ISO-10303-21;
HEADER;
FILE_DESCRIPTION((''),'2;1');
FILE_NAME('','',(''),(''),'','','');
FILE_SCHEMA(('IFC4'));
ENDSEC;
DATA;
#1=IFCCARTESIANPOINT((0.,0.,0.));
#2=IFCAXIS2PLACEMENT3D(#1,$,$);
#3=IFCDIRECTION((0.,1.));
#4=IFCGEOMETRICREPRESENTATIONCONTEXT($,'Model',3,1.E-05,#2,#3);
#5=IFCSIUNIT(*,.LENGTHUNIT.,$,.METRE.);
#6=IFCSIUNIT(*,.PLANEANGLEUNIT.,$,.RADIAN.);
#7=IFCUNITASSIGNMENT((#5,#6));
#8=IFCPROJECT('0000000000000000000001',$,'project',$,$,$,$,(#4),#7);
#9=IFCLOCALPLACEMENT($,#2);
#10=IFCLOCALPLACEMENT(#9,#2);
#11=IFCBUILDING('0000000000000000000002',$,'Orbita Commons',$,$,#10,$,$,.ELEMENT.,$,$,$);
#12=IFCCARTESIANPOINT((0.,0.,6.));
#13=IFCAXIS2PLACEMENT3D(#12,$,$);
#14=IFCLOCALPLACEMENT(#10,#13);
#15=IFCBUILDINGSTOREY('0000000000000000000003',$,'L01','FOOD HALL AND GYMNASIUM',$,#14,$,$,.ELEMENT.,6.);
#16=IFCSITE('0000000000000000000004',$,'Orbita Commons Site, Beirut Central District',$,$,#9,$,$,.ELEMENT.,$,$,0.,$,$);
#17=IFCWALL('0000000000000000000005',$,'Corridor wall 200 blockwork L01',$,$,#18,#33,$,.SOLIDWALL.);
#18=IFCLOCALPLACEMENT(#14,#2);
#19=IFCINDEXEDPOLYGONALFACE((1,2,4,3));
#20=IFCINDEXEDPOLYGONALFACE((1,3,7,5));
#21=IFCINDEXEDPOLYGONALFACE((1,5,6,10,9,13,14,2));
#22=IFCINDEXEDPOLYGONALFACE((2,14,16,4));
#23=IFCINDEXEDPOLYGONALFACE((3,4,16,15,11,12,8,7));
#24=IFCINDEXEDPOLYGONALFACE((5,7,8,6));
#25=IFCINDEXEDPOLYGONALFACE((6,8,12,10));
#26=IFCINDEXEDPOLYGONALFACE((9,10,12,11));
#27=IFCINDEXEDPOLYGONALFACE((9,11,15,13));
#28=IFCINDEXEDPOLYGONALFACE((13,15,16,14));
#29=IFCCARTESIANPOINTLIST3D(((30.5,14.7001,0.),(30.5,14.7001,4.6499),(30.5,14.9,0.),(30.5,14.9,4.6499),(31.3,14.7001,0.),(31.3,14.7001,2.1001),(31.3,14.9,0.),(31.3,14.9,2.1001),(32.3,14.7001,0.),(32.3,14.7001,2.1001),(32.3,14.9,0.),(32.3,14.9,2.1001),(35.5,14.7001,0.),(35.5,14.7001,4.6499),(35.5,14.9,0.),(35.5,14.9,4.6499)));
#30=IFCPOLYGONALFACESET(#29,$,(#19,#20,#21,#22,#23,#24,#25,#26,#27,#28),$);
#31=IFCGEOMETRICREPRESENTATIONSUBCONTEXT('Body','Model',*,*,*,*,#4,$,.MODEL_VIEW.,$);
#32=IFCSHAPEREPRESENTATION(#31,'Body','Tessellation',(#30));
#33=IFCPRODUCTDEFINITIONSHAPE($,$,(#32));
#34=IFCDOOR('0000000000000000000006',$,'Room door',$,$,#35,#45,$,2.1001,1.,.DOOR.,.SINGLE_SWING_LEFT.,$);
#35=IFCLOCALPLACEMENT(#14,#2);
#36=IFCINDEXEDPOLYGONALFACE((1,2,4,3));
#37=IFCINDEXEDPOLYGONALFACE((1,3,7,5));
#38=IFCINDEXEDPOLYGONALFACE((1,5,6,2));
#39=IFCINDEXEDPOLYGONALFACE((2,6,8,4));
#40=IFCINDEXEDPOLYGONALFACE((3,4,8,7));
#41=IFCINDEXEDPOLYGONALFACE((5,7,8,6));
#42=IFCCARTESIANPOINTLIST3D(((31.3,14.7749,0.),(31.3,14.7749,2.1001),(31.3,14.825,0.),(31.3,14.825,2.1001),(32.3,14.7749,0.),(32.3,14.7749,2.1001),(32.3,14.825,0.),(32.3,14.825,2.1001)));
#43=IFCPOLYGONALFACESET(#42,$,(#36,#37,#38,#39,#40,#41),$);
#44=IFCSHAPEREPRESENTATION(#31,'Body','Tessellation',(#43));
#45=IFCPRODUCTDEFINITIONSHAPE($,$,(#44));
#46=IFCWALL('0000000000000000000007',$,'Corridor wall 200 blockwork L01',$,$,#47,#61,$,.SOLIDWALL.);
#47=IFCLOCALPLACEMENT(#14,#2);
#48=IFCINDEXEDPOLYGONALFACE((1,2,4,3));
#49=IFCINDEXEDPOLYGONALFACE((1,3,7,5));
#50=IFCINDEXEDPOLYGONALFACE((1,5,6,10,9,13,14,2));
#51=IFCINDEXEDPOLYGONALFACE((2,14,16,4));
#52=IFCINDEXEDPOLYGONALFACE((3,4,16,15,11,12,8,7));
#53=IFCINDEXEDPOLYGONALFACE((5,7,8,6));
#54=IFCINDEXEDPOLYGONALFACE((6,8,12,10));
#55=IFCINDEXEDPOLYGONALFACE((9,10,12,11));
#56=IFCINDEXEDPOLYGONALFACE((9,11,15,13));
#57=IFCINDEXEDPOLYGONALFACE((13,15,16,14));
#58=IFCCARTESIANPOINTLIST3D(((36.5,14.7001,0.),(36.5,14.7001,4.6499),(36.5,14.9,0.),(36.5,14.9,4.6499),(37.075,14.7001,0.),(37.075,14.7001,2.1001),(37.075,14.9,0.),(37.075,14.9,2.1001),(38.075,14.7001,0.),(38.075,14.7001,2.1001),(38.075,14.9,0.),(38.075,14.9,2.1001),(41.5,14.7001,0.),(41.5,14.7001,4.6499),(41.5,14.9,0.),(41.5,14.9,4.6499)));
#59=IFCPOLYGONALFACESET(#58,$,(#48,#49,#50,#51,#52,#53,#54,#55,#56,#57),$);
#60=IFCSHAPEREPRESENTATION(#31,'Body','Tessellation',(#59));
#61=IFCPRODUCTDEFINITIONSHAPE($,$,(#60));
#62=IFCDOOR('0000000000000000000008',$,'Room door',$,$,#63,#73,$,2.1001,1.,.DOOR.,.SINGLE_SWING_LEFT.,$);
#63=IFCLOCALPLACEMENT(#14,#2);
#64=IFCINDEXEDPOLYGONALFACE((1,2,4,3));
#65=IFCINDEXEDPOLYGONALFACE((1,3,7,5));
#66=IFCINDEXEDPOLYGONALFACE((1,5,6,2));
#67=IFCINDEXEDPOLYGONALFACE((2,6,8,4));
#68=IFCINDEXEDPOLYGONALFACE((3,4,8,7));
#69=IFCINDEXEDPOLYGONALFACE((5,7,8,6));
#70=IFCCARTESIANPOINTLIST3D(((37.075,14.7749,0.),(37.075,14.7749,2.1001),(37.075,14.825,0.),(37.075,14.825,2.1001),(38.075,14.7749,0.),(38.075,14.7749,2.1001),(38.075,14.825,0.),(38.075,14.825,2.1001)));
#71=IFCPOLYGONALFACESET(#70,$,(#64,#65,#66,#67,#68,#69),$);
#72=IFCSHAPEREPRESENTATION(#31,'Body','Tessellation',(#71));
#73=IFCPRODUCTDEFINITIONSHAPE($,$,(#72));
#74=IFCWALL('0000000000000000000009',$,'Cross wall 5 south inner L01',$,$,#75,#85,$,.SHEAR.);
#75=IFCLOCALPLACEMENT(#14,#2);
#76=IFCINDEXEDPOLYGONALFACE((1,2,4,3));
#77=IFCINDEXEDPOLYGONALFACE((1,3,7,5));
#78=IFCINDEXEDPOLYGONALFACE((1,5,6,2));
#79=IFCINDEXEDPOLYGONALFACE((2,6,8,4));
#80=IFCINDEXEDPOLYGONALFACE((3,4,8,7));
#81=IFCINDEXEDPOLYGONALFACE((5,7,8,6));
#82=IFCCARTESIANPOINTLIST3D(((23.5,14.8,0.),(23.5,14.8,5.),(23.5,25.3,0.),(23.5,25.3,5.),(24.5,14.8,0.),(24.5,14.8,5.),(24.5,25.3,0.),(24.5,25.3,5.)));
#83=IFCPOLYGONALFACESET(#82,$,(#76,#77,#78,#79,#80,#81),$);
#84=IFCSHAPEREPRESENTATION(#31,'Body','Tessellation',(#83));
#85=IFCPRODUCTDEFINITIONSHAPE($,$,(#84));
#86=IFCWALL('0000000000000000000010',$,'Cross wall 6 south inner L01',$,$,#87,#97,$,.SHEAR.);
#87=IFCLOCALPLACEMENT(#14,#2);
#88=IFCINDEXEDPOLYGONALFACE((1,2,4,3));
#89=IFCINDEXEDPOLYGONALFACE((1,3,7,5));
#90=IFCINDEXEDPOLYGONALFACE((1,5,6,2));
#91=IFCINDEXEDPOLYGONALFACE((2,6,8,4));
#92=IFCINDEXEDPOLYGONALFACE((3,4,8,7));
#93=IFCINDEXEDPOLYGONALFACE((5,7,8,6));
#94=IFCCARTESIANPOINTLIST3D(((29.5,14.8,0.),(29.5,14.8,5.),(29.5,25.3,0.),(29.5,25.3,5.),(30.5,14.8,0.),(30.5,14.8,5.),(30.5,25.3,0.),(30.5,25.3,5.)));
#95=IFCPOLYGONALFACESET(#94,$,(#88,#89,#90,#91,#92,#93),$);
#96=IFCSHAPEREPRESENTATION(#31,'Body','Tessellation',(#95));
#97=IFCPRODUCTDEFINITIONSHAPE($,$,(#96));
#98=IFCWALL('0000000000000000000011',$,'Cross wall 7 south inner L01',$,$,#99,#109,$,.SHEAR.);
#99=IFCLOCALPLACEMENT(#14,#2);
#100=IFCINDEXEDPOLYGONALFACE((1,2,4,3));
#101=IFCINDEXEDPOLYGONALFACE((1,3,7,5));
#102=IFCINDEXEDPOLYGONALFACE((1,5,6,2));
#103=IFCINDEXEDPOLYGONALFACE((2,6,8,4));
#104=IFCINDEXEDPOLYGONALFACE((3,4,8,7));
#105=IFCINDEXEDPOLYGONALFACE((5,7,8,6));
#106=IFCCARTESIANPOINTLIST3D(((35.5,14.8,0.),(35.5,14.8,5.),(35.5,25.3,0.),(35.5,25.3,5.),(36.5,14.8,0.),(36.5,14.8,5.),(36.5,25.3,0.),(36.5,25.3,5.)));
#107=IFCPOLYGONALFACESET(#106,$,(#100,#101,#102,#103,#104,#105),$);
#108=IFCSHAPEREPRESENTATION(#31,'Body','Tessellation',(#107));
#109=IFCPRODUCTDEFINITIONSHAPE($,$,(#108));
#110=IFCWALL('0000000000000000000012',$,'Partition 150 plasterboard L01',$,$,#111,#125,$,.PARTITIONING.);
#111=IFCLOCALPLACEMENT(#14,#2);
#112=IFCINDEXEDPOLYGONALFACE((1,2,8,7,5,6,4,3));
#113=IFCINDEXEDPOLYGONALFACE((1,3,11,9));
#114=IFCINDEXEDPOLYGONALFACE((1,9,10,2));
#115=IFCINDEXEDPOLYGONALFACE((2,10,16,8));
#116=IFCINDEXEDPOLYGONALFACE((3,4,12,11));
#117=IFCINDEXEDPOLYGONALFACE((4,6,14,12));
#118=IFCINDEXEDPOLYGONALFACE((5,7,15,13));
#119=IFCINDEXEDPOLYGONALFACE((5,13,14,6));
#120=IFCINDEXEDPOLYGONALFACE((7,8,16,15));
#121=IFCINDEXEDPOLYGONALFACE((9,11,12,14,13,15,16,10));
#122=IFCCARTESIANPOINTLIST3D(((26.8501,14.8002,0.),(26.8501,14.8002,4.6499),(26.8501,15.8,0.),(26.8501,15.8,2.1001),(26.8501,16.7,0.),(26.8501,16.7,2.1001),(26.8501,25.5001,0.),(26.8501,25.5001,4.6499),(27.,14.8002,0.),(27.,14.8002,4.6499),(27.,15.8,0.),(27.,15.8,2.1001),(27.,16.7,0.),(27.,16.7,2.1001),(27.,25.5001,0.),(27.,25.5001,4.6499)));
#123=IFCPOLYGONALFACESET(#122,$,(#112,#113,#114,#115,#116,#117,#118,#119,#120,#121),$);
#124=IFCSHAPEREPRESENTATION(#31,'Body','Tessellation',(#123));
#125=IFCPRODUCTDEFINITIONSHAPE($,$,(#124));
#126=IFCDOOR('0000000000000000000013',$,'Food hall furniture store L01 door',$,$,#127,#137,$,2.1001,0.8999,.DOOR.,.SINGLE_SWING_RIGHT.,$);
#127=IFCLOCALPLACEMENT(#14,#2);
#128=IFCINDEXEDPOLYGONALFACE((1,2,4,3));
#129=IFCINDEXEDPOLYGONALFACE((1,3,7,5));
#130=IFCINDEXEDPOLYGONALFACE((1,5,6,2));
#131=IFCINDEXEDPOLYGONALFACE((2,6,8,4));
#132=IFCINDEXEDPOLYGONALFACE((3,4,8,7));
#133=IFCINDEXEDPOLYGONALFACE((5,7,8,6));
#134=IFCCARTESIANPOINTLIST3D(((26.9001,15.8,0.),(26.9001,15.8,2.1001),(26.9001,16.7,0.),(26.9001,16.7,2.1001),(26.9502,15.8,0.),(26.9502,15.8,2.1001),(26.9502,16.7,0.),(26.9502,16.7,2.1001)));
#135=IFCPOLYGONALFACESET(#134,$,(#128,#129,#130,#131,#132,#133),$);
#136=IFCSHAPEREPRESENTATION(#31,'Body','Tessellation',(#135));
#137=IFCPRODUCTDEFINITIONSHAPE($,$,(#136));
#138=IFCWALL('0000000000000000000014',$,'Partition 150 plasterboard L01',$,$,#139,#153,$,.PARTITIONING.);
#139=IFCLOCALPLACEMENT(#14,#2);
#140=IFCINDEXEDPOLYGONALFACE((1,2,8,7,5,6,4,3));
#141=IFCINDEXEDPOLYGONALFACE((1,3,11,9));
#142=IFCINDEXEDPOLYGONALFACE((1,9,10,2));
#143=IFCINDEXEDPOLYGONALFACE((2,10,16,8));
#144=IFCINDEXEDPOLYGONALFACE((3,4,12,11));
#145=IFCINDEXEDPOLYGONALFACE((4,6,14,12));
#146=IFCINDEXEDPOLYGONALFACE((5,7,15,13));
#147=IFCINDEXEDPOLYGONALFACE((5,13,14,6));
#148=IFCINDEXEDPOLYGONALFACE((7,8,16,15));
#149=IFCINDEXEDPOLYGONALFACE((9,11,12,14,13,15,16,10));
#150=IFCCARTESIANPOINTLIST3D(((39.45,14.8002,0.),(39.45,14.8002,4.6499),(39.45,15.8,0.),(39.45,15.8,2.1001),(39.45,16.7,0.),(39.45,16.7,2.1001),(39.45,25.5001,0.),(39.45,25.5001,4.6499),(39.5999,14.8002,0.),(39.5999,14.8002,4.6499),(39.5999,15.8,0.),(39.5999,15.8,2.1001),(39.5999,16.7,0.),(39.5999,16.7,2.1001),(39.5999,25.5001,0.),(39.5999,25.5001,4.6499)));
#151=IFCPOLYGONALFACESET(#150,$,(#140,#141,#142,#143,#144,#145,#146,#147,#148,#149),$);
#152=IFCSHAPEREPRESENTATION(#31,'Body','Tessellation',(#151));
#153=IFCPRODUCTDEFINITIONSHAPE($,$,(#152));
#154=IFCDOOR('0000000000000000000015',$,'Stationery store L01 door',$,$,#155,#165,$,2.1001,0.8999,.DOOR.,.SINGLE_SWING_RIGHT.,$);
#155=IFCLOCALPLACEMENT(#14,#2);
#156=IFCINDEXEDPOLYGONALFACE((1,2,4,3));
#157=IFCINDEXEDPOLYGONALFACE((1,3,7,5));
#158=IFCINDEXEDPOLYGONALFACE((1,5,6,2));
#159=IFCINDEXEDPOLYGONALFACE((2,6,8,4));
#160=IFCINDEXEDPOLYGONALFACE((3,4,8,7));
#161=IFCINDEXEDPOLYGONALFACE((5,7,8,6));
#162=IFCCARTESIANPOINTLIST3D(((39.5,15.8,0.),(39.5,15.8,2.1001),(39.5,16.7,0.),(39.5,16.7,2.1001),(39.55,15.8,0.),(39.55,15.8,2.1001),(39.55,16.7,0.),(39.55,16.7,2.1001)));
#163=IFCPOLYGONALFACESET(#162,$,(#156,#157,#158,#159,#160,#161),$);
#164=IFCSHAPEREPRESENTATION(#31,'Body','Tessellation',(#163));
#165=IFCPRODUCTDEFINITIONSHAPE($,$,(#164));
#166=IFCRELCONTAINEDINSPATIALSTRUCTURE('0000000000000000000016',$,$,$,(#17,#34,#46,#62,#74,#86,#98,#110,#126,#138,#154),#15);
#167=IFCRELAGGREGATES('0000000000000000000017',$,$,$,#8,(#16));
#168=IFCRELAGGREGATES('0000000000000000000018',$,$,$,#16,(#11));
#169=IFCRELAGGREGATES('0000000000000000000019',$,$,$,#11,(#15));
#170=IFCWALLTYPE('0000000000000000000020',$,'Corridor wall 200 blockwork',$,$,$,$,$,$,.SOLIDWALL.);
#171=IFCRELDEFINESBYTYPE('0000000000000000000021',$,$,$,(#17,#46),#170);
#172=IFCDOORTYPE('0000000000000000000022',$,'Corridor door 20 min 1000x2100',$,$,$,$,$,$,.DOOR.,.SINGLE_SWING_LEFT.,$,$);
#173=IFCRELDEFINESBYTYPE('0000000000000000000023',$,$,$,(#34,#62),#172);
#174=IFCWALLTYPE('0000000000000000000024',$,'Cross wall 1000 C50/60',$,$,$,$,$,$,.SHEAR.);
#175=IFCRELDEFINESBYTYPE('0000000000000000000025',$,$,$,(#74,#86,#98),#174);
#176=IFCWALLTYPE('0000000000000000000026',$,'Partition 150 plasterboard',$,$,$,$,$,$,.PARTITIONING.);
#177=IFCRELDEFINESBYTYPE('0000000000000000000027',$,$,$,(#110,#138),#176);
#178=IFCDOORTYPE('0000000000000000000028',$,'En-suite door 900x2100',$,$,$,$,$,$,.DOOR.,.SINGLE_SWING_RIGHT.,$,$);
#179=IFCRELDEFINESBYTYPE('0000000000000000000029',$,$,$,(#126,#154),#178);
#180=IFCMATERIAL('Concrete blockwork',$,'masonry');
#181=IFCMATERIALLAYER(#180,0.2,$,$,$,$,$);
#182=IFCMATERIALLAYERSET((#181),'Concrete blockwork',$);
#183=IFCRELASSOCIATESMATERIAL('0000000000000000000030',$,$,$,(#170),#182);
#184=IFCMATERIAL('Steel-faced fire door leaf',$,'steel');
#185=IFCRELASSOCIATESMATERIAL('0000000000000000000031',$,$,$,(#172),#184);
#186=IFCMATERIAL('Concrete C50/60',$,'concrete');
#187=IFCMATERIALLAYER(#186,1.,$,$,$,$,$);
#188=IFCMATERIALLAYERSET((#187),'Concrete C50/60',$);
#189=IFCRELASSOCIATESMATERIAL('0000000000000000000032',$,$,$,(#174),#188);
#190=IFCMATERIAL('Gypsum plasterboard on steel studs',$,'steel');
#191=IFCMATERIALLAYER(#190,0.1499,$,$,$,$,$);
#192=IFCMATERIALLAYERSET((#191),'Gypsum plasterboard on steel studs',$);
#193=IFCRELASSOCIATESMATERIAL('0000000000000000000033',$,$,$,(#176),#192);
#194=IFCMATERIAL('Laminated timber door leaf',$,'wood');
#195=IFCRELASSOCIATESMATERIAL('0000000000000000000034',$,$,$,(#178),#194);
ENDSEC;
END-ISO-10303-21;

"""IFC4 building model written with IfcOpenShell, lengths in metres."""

from ifc_helpers import new_model, si_unit, direction, frame, frame_2d, origin, place, context, subcontext, project, spatial, rectangle, extrude, material, layer, layer_set, type_object, element, fill, save


model = new_model("IFC4")

# Units and contexts
model_context = context("Model", 3, precision=1e-05, world=origin(), true_north=direction((0.0, 1.0)))
body_context = subcontext(model_context, "Body", "Model", "MODEL_VIEW")
ifc_project = project(units=[si_unit("LENGTHUNIT", "METRE"), si_unit("PLANEANGLEUNIT", "RADIAN")], contexts=[model_context])

# Site, building, storey
site_placement = place(None, origin())
site = spatial("IfcSite", under=ifc_project, at=site_placement, Name="Orbita Commons Site, Beirut Central District", CompositionType="ELEMENT", RefElevation=0.0)
building_placement = place(site_placement, origin())
building = spatial("IfcBuilding", under=site, at=building_placement, Name="Orbita Commons", CompositionType="ELEMENT")
storey_placement = place(building_placement, frame((0.0, 0.0, 6.0)))
storey = spatial("IfcBuildingStorey", under=building, at=storey_placement, Name="L01", Description="FOOD HALL AND GYMNASIUM", CompositionType="ELEMENT", Elevation=6.0)

# Walls, openings, doors
ifc_material_1 = material(Name="Concrete blockwork", Category="masonry")
ifc_layer_1 = layer(ifc_material_1, 0.2)
ifc_layer_set_1 = layer_set([ifc_layer_1], Name="Concrete blockwork")
wall_type_1 = type_object("IfcWallType", Name="Corridor wall 200 blockwork", PredefinedType="SOLIDWALL", material=ifc_layer_set_1)
ifc_material_2 = material(Name="Steel-faced fire door leaf", Category="steel")
door_type_1 = type_object("IfcDoorType", Name="Corridor door 20 min 1000x2100", OperationType="SINGLE_SWING_LEFT", PredefinedType="DOOR", material=ifc_material_2)
wall_1_placement = place(storey_placement, frame((30.5, 14.8, 0.0), z_axis=(0.0, 0.0, 1.0), x_axis=(1.0, 0.0, 0.0)))
wall_1 = element("IfcWall", 1, at=wall_1_placement, inside=storey, type_object=wall_type_1, Name="Corridor wall 200 blockwork L01", PredefinedType="SOLIDWALL", context=body_context, shape_type="SweptSolid", body=[
    extrude(rectangle(XDim=5.0, YDim=0.2, at=frame_2d((2.5, 0.0))), origin(), (0.0, 0.0, 1.0), 4.6499),
])
opening_1_placement = place(wall_1_placement, frame((0.8, 0.0, 0.0)))
opening_1 = element("IfcOpeningElement", 2, at=opening_1_placement, cuts=wall_1, PredefinedType="OPENING", context=body_context, shape_type="SweptSolid", body=[
    extrude(rectangle(XDim=1.0, YDim=2.1001, at=frame_2d((0.5, 1.05))), frame((0.0, 0.1099, 0.0), z_axis=(0.0, -1.0, 0.0), x_axis=(1.0, 0.0, 0.0)), (0.0, 0.0, 1.0), 0.22),
])
door_1_placement = place(opening_1_placement, origin())
door_1 = element("IfcDoor", 3, at=door_1_placement, inside=storey, type_object=door_type_1, Name="Room door", OperationType="SINGLE_SWING_LEFT", OverallHeight=2.1001, OverallWidth=1.0, PredefinedType="DOOR", context=body_context, shape_type="SweptSolid", body=[
    extrude(rectangle(XDim=1.0, YDim=2.1001, at=frame_2d((0.5, 1.05))), frame((0.0, 0.0249, 0.0), z_axis=(0.0, -1.0, 0.0), x_axis=(1.0, 0.0, 0.0)), (0.0, 0.0, 1.0), 0.05),
])
fill(opening_1, door_1)
wall_2_placement = place(storey_placement, frame((36.5, 14.8, 0.0), z_axis=(0.0, 0.0, 1.0), x_axis=(1.0, 0.0, 0.0)))
wall_2 = element("IfcWall", 4, at=wall_2_placement, inside=storey, type_object=wall_type_1, Name="Corridor wall 200 blockwork L01", PredefinedType="SOLIDWALL", context=body_context, shape_type="SweptSolid", body=[
    extrude(rectangle(XDim=5.0, YDim=0.2, at=frame_2d((2.5, 0.0))), origin(), (0.0, 0.0, 1.0), 4.6499),
])
opening_2_placement = place(wall_2_placement, frame((0.575, 0.0, 0.0)))
opening_2 = element("IfcOpeningElement", 5, at=opening_2_placement, cuts=wall_2, PredefinedType="OPENING", context=body_context, shape_type="SweptSolid", body=[
    extrude(rectangle(XDim=1.0, YDim=2.1001, at=frame_2d((0.5, 1.05))), frame((0.0, 0.1099, 0.0), z_axis=(0.0, -1.0, 0.0), x_axis=(1.0, 0.0, 0.0)), (0.0, 0.0, 1.0), 0.22),
])
door_2_placement = place(opening_2_placement, origin())
door_2 = element("IfcDoor", 6, at=door_2_placement, inside=storey, type_object=door_type_1, Name="Room door", OperationType="SINGLE_SWING_LEFT", OverallHeight=2.1001, OverallWidth=1.0, PredefinedType="DOOR", context=body_context, shape_type="SweptSolid", body=[
    extrude(rectangle(XDim=1.0, YDim=2.1001, at=frame_2d((0.5, 1.05))), frame((0.0, 0.0249, 0.0), z_axis=(0.0, -1.0, 0.0), x_axis=(1.0, 0.0, 0.0)), (0.0, 0.0, 1.0), 0.05),
])
fill(opening_2, door_2)

# Walls
ifc_material_3 = material(Name="Concrete C50/60", Category="concrete")
ifc_layer_2 = layer(ifc_material_3, 1.0)
ifc_layer_set_2 = layer_set([ifc_layer_2], Name="Concrete C50/60")
wall_type_2 = type_object("IfcWallType", Name="Cross wall 1000 C50/60", PredefinedType="SHEAR", material=ifc_layer_set_2)
for number, where, z_axis, x_axis, name in (
    (7, (24.0, 14.8, 0.0), (0.0, 0.0, 1.0), (0.0, 1.0, 0.0), "Cross wall 5 south inner L01"),
    (8, (30.0, 14.8, 0.0), (0.0, 0.0, 1.0), (0.0, 1.0, 0.0), "Cross wall 6 south inner L01"),
    (9, (36.0, 14.8, 0.0), (0.0, 0.0, 1.0), (0.0, 1.0, 0.0), "Cross wall 7 south inner L01"),
):
    element("IfcWall", number, at=place(storey_placement, frame(where, z_axis=z_axis, x_axis=x_axis)), inside=storey, type_object=wall_type_2, Name=name, PredefinedType="SHEAR", context=body_context, shape_type="SweptSolid", body=[
        extrude(rectangle(XDim=10.5, YDim=1.0, at=frame_2d((5.25, 0.0))), origin(), (0.0, 0.0, 1.0), 5.0),
    ])

# Walls, openings, doors
ifc_material_4 = material(Name="Gypsum plasterboard on steel studs", Category="steel")
ifc_layer_3 = layer(ifc_material_4, 0.1499)
ifc_layer_set_3 = layer_set([ifc_layer_3], Name="Gypsum plasterboard on steel studs")
wall_type_3 = type_object("IfcWallType", Name="Partition 150 plasterboard", PredefinedType="PARTITIONING", material=ifc_layer_set_3)
wall_3_placement = place(storey_placement, frame((26.925, 14.8, 0.0), z_axis=(0.0, 0.0, 1.0), x_axis=(0.0, 1.0, 0.0)))
wall_3 = element("IfcWall", 10, at=wall_3_placement, inside=storey, type_object=wall_type_3, Name="Partition 150 plasterboard L01", PredefinedType="PARTITIONING", context=body_context, shape_type="SweptSolid", body=[
    extrude(rectangle(XDim=10.7, YDim=0.1499, at=frame_2d((5.3501, 0.0))), origin(), (0.0, 0.0, 1.0), 4.6499),
])
opening_3_placement = place(wall_3_placement, frame((1.0, 0.0, 0.0)))
opening_3 = element("IfcOpeningElement", 11, at=opening_3_placement, cuts=wall_3, PredefinedType="OPENING", context=body_context, shape_type="SweptSolid", body=[
    extrude(rectangle(XDim=0.8999, YDim=2.1001, at=frame_2d((0.45, 1.05))), frame((0.0, 0.085, 0.0), z_axis=(0.0, -1.0, 0.0), x_axis=(1.0, 0.0, 0.0)), (0.0, 0.0, 1.0), 0.1699),
])
ifc_material_5 = material(Name="Laminated timber door leaf", Category="wood")
door_type_2 = type_object("IfcDoorType", Name="En-suite door 900x2100", OperationType="SINGLE_SWING_RIGHT", PredefinedType="DOOR", material=ifc_material_5)
door_3_placement = place(opening_3_placement, origin())
door_3 = element("IfcDoor", 12, at=door_3_placement, inside=storey, type_object=door_type_2, Name="Food hall furniture store L01 door", OperationType="SINGLE_SWING_RIGHT", OverallHeight=2.1001, OverallWidth=0.8999, PredefinedType="DOOR", context=body_context, shape_type="SweptSolid", body=[
    extrude(rectangle(XDim=0.8999, YDim=2.1001, at=frame_2d((0.45, 1.05))), frame((0.0, 0.0249, 0.0), z_axis=(0.0, -1.0, 0.0), x_axis=(1.0, 0.0, 0.0)), (0.0, 0.0, 1.0), 0.05),
])
fill(opening_3, door_3)
wall_4_placement = place(storey_placement, frame((39.5249, 14.8, 0.0), z_axis=(0.0, 0.0, 1.0), x_axis=(0.0, 1.0, 0.0)))
wall_4 = element("IfcWall", 13, at=wall_4_placement, inside=storey, type_object=wall_type_3, Name="Partition 150 plasterboard L01", PredefinedType="PARTITIONING", context=body_context, shape_type="SweptSolid", body=[
    extrude(rectangle(XDim=10.7, YDim=0.1499, at=frame_2d((5.3501, 0.0))), origin(), (0.0, 0.0, 1.0), 4.6499),
])
opening_4_placement = place(wall_4_placement, frame((1.0, 0.0, 0.0)))
opening_4 = element("IfcOpeningElement", 14, at=opening_4_placement, cuts=wall_4, PredefinedType="OPENING", context=body_context, shape_type="SweptSolid", body=[
    extrude(rectangle(XDim=0.8999, YDim=2.1001, at=frame_2d((0.45, 1.05))), frame((0.0, 0.085, 0.0), z_axis=(0.0, -1.0, 0.0), x_axis=(1.0, 0.0, 0.0)), (0.0, 0.0, 1.0), 0.1699),
])
door_4_placement = place(opening_4_placement, origin())
door_4 = element("IfcDoor", 15, at=door_4_placement, inside=storey, type_object=door_type_2, Name="Stationery store L01 door", OperationType="SINGLE_SWING_RIGHT", OverallHeight=2.1001, OverallWidth=0.8999, PredefinedType="DOOR", context=body_context, shape_type="SweptSolid", body=[
    extrude(rectangle(XDim=0.8999, YDim=2.1001, at=frame_2d((0.45, 1.05))), frame((0.0, 0.0249, 0.0), z_axis=(0.0, -1.0, 0.0), x_axis=(1.0, 0.0, 0.0)), (0.0, 0.0, 1.0), 0.05),
])
fill(opening_4, door_4)

save(model, "model.ifc")
